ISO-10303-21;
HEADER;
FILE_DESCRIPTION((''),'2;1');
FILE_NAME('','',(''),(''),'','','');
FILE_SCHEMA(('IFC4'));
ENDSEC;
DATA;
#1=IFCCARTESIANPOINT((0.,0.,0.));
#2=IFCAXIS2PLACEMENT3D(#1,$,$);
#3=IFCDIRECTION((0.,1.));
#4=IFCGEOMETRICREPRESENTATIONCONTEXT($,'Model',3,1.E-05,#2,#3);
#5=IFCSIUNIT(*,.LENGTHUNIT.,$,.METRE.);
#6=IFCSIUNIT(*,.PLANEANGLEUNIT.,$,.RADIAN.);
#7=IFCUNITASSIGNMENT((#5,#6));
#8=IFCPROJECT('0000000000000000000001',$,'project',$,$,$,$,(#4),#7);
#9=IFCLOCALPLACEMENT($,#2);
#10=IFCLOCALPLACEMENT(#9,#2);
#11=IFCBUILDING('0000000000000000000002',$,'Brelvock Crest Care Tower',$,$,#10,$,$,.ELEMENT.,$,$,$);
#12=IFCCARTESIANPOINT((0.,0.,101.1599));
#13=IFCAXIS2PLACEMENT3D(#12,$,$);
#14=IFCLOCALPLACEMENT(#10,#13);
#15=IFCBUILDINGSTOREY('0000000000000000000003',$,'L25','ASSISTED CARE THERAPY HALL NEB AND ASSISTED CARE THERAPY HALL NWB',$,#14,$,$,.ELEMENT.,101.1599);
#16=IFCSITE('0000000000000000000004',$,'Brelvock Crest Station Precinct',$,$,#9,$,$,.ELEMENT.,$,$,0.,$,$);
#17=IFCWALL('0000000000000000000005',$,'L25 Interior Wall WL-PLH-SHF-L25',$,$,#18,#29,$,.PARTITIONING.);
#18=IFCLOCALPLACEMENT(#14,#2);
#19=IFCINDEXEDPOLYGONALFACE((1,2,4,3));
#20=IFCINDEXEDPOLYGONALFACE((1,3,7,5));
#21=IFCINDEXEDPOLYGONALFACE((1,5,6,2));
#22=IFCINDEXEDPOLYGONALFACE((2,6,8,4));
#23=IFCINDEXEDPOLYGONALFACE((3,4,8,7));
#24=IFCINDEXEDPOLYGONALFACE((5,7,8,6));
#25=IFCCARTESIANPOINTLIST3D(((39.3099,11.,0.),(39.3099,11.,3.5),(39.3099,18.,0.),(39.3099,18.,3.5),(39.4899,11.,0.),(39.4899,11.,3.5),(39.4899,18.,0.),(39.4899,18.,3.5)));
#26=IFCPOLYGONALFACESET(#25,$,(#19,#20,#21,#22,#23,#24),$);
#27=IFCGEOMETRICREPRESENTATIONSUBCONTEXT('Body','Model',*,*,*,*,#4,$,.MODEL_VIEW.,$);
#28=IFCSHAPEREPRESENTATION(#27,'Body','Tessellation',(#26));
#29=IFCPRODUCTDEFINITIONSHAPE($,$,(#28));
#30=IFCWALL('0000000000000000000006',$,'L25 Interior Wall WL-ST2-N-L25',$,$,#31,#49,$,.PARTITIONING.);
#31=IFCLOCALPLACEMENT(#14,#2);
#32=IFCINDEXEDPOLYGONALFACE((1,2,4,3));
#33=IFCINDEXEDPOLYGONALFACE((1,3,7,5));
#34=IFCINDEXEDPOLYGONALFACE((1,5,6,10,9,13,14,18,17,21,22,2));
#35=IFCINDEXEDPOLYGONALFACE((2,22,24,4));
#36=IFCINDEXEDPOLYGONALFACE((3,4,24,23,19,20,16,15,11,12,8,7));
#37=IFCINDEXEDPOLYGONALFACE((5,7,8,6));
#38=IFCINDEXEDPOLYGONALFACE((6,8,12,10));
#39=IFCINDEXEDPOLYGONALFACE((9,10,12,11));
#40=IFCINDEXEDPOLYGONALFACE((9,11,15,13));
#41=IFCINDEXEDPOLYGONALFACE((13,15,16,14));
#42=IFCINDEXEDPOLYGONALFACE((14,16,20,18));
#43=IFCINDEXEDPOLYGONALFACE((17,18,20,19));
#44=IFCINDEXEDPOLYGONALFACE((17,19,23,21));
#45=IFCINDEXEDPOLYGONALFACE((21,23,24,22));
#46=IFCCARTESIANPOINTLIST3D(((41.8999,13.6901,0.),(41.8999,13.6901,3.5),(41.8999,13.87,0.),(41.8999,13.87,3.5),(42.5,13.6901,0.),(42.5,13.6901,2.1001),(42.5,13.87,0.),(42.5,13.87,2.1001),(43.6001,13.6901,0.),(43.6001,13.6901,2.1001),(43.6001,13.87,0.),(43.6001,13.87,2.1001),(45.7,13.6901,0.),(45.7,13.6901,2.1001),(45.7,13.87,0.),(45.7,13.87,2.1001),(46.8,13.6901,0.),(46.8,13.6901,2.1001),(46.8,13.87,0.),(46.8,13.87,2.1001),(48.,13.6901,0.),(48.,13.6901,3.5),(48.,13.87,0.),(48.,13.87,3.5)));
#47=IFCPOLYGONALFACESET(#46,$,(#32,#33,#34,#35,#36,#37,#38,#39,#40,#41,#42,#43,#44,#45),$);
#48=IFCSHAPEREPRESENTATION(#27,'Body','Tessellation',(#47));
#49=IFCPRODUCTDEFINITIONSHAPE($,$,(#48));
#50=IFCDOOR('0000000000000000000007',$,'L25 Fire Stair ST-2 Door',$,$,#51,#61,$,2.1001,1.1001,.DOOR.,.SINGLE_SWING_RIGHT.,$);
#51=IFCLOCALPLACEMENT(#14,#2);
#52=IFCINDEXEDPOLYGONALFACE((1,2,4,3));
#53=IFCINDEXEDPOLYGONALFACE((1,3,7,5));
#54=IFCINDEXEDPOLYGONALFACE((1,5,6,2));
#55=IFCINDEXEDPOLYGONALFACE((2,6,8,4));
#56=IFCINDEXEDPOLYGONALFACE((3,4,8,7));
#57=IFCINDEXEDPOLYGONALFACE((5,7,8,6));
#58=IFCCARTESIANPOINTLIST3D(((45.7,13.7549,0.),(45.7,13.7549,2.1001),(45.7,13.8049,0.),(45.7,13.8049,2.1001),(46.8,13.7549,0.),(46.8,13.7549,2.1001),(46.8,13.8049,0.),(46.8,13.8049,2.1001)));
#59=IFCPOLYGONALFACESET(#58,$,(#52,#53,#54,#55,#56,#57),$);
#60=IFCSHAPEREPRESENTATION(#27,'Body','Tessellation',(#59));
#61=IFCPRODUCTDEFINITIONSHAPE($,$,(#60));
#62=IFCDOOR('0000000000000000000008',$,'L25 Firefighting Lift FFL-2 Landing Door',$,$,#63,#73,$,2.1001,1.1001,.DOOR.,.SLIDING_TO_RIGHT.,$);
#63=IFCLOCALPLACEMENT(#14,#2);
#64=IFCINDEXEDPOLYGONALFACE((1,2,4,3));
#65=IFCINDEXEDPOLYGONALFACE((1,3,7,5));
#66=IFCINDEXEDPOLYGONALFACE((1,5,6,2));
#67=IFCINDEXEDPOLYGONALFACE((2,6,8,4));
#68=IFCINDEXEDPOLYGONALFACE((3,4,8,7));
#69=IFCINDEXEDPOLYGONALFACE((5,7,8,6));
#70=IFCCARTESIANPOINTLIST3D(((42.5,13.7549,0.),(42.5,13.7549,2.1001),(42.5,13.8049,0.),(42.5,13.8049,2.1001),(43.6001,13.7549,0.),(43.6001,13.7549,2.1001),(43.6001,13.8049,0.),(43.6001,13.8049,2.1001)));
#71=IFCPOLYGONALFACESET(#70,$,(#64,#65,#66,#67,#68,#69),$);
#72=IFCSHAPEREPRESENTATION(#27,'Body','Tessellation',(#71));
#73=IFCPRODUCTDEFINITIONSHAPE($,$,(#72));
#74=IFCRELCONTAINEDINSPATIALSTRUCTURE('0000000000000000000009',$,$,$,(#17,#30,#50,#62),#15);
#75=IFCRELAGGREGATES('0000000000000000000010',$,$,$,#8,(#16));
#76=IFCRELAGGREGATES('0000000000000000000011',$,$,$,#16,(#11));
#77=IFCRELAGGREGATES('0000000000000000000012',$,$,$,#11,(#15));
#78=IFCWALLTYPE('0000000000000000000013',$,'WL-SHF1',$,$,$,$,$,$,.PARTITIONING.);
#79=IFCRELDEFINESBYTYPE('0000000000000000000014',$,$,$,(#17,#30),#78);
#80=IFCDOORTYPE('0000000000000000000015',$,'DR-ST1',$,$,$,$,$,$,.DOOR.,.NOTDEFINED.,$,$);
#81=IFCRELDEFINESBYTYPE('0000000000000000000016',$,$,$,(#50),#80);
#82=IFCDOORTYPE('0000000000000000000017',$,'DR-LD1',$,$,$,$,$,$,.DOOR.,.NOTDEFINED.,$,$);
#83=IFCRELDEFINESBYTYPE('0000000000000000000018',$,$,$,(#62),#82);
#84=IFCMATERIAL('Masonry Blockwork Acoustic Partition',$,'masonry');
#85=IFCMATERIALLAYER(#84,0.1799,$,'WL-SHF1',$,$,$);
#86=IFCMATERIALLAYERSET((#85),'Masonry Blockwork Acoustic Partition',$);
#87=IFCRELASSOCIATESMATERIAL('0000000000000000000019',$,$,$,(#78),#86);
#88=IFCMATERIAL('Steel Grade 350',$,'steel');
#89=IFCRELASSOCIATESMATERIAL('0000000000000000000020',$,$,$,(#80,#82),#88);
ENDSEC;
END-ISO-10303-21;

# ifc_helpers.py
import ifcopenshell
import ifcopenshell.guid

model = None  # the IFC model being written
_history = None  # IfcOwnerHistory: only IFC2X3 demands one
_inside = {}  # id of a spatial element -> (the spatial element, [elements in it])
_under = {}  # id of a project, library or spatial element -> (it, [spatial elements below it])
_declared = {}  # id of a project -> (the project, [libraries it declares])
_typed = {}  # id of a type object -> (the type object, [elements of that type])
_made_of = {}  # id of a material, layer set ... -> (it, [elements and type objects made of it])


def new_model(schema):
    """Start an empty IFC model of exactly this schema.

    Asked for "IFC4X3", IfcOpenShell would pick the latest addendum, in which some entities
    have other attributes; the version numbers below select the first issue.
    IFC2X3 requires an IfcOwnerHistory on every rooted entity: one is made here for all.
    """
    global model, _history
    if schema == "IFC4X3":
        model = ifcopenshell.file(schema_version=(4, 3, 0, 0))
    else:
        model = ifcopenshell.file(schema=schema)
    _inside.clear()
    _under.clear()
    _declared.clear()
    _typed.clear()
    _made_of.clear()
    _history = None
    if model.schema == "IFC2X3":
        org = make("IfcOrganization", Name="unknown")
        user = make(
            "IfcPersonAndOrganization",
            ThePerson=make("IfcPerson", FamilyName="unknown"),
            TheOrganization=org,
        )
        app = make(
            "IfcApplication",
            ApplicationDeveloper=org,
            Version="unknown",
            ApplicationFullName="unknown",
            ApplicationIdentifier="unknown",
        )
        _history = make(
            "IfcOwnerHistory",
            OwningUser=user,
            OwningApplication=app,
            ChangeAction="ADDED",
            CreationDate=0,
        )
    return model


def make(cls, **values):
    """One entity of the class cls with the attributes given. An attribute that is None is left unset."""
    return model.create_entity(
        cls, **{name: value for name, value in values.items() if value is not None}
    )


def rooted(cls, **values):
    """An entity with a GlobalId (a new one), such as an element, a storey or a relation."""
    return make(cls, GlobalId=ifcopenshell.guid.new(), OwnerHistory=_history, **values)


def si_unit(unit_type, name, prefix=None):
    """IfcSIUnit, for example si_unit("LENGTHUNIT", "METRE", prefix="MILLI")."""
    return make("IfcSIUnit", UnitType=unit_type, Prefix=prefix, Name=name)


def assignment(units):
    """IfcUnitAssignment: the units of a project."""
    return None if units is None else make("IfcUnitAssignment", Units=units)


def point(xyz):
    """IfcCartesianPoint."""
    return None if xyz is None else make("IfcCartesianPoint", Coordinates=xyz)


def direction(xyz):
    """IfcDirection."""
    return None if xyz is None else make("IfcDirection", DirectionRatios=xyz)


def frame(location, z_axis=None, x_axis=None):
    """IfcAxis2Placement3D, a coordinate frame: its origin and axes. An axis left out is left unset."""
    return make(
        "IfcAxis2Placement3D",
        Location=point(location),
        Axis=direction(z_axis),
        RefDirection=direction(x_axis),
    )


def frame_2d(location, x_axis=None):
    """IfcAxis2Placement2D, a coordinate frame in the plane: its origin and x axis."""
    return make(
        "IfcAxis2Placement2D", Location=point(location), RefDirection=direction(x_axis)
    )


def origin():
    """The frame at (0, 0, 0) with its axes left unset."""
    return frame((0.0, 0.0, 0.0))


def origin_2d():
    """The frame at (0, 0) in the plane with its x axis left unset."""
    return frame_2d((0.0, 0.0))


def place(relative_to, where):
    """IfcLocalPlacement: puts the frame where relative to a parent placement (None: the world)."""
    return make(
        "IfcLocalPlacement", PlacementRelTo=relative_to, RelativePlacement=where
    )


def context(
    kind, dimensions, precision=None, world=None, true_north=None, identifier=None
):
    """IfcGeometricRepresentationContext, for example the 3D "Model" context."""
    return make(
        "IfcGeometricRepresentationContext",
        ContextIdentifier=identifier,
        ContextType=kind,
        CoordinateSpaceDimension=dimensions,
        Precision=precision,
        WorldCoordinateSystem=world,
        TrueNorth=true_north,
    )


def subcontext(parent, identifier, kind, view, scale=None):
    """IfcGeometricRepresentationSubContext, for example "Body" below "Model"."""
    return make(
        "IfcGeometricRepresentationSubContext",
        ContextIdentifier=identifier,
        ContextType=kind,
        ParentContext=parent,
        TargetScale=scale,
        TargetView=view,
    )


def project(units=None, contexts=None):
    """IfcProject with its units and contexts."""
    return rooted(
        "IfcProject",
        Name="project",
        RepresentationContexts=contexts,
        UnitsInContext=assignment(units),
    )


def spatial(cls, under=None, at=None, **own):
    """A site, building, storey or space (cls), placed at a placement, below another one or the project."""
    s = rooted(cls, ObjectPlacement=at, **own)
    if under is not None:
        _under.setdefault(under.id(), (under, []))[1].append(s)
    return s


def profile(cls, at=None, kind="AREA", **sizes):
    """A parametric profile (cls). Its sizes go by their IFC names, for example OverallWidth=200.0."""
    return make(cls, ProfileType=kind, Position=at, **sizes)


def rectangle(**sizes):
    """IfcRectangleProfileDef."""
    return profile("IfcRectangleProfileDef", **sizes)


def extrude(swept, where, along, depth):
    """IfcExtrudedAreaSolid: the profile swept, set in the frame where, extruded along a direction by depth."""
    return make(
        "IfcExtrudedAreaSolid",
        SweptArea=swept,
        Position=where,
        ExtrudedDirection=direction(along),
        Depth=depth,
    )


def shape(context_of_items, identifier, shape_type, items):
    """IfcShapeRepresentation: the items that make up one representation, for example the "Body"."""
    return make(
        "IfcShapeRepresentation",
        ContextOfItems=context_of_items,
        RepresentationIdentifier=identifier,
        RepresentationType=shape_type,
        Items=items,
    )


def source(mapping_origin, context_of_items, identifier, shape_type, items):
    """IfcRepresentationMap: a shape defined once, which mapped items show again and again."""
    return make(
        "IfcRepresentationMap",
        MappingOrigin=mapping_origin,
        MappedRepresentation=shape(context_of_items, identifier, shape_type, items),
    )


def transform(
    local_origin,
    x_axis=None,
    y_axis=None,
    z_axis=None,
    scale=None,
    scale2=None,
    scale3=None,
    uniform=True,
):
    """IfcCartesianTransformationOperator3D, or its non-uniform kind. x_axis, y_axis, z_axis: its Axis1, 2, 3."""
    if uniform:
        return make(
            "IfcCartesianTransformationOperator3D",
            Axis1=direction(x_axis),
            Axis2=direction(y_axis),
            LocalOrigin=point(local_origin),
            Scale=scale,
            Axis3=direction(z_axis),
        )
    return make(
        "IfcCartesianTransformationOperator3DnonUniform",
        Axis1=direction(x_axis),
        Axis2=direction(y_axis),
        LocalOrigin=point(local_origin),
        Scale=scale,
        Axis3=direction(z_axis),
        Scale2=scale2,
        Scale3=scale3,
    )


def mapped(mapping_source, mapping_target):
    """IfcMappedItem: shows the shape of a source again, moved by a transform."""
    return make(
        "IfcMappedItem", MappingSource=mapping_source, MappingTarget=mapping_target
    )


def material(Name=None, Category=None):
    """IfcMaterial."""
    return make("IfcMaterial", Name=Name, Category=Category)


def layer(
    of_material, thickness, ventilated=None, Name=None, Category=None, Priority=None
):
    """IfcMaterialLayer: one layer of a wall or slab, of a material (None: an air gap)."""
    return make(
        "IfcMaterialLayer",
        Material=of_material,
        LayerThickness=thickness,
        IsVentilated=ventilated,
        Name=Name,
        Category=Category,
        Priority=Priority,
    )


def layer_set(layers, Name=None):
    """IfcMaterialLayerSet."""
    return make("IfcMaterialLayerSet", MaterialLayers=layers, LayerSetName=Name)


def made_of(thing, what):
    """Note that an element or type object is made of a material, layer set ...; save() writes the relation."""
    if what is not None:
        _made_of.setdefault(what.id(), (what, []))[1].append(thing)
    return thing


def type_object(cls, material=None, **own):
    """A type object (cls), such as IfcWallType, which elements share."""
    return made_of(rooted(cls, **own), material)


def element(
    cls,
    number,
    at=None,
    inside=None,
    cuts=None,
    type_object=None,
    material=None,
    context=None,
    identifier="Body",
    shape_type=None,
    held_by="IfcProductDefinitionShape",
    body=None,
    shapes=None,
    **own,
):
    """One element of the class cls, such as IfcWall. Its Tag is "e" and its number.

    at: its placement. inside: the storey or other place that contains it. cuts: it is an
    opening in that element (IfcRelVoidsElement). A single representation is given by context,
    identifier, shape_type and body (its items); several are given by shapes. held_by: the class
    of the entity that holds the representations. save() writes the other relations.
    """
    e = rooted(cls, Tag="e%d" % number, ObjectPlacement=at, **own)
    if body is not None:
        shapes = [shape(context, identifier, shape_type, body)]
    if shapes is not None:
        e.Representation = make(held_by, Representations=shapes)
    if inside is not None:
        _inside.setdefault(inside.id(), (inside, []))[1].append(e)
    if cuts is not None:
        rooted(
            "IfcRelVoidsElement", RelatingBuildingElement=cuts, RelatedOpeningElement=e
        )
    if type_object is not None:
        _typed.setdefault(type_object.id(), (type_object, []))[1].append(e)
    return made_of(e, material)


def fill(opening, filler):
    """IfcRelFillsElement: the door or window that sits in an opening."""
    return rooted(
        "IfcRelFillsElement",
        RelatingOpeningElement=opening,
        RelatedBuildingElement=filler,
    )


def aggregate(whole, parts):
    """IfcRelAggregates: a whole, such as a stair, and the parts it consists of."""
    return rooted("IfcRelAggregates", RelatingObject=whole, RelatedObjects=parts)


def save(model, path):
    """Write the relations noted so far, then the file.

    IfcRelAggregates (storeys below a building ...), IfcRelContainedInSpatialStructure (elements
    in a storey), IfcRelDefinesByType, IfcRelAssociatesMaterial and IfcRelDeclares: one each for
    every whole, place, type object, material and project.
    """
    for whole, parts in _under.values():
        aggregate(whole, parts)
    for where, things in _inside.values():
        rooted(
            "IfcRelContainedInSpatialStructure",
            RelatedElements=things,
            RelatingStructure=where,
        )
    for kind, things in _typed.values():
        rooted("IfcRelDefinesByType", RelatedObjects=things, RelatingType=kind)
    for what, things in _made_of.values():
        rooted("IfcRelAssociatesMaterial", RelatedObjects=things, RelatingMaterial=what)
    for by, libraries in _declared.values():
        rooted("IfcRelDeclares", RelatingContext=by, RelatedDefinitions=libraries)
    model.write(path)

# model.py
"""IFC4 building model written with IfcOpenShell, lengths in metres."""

from ifc_helpers import new_model, si_unit, direction, frame, frame_2d, origin, origin_2d, place, context, subcontext, project, spatial, rectangle, extrude, source, transform, mapped, material, layer, layer_set, type_object, element, fill, save


model = new_model("IFC4")

# Units and contexts
model_context = context("Model", 3, precision=1e-05, world=origin(), true_north=direction((0.0, 1.0)))
body_context = subcontext(model_context, "Body", "Model", "MODEL_VIEW")
ifc_project = project(units=[si_unit("LENGTHUNIT", "METRE"), si_unit("PLANEANGLEUNIT", "RADIAN")], contexts=[model_context])

# Site, building, storey
site_placement = place(None, origin())
site = spatial("IfcSite", under=ifc_project, at=site_placement, Name="Brelvock Crest Station Precinct", CompositionType="ELEMENT", RefElevation=0.0)
building_placement = place(site_placement, origin())
building = spatial("IfcBuilding", under=site, at=building_placement, Name="Brelvock Crest Care Tower", CompositionType="ELEMENT")
storey_placement = place(building_placement, frame((0.0, 0.0, 101.1599)))
storey = spatial("IfcBuildingStorey", under=building, at=storey_placement, Name="L25", Description="ASSISTED CARE THERAPY HALL NEB AND ASSISTED CARE THERAPY HALL NWB", CompositionType="ELEMENT", Elevation=101.1599)

# Shared definitions
ifc_material_1 = material(Name="Steel Grade 350", Category="steel")

# Shared definitions
ifc_material_2 = material(Name="Masonry Blockwork Acoustic Partition", Category="masonry")

# Wall
ifc_layer_1 = layer(ifc_material_2, 0.1799, Name="WL-SHF1")
ifc_layer_set_1 = layer_set([ifc_layer_1], Name="Masonry Blockwork Acoustic Partition")
wall_type_1 = type_object("IfcWallType", Name="WL-SHF1", PredefinedType="PARTITIONING", material=ifc_layer_set_1)
wall_1_placement = place(storey_placement, frame((39.3999, 11.0, 0.0), z_axis=(0.0, 0.0, 1.0), x_axis=(0.0, 1.0, 0.0)))
element("IfcWall", 1, at=wall_1_placement, inside=storey, type_object=wall_type_1, Name="L25 Interior Wall WL-PLH-SHF-L25", PredefinedType="PARTITIONING", context=body_context, shape_type="SweptSolid", body=[
    extrude(rectangle(XDim=7.0, YDim=0.1799, at=frame_2d((3.5, 0.0))), origin(), (0.0, 0.0, 1.0), 3.5),
])

# Wall, openings, doors
wall_2_placement = place(storey_placement, frame((41.8999, 13.78, 0.0), z_axis=(0.0, 0.0, 1.0), x_axis=(1.0, 0.0, 0.0)))
wall_2 = element("IfcWall", 2, at=wall_2_placement, inside=storey, type_object=wall_type_1, Name="L25 Interior Wall WL-ST2-N-L25", PredefinedType="PARTITIONING", context=body_context, shape_type="SweptSolid", body=[
    extrude(rectangle(XDim=6.1001, YDim=0.1799, at=frame_2d((3.05, 0.0))), origin(), (0.0, 0.0, 1.0), 3.5),
])
opening_1_placement = place(wall_2_placement, frame((0.6001, 0.0, 0.0)))
opening_1 = element("IfcOpeningElement", 3, at=opening_1_placement, cuts=wall_2, PredefinedType="OPENING", context=body_context, shape_type="SweptSolid", body=[
    extrude(rectangle(XDim=1.1001, YDim=2.1001, at=origin_2d()), frame((0.55, 0.1001, 1.05), z_axis=(0.0, -1.0, 0.0), x_axis=(1.0, 0.0, 0.0)), (0.0, 0.0, 1.0), 0.2),
])
opening_2_placement = place(wall_2_placement, frame((3.8, 0.0, 0.0)))
opening_2 = element("IfcOpeningElement", 4, at=opening_2_placement, cuts=wall_2, PredefinedType="OPENING", context=body_context, shape_type="SweptSolid", body=[
    extrude(rectangle(XDim=1.1001, YDim=2.1001, at=origin_2d()), frame((0.55, 0.1001, 1.05), z_axis=(0.0, -1.0, 0.0), x_axis=(1.0, 0.0, 0.0)), (0.0, 0.0, 1.0), 0.2),
])
door_type_1 = type_object("IfcDoorType", Name="DR-ST1", OperationType="NOTDEFINED", PredefinedType="DOOR", material=ifc_material_1)
shared_shape_1 = source(origin(), body_context, "Body", "SweptSolid", [
    extrude(rectangle(XDim=1.1001, YDim=2.1001, at=origin_2d()), frame((0.55, 0.0249, 1.05), z_axis=(0.0, -1.0, 0.0), x_axis=(1.0, 0.0, 0.0)), (0.0, 0.0, 1.0), 0.05),
])
door_1_placement = place(opening_2_placement, origin())
door_1 = element("IfcDoor", 5, at=door_1_placement, inside=storey, type_object=door_type_1, Name="L25 Fire Stair ST-2 Door", OperationType="SINGLE_SWING_RIGHT", OverallHeight=2.1001, OverallWidth=1.1001, PredefinedType="DOOR", context=body_context, shape_type="MappedRepresentation", body=[
    mapped(shared_shape_1, transform((0.0, 0.0, 0.0), x_axis=(1.0, 0.0, 0.0), y_axis=(0.0, 1.0, 0.0), z_axis=(0.0, 0.0, 1.0), scale=1.0)),
])
fill(opening_2, door_1)
door_type_2 = type_object("IfcDoorType", Name="DR-LD1", OperationType="NOTDEFINED", PredefinedType="DOOR", material=ifc_material_1)
shared_shape_2 = source(origin(), body_context, "Body", "SweptSolid", [
    extrude(rectangle(XDim=1.1001, YDim=2.1001, at=origin_2d()), frame((0.55, 0.0249, 1.05), z_axis=(0.0, -1.0, 0.0), x_axis=(1.0, 0.0, 0.0)), (0.0, 0.0, 1.0), 0.05),
])
door_2_placement = place(opening_1_placement, origin())
door_2 = element("IfcDoor", 6, at=door_2_placement, inside=storey, type_object=door_type_2, Name="L25 Firefighting Lift FFL-2 Landing Door", OperationType="SLIDING_TO_RIGHT", OverallHeight=2.1001, OverallWidth=1.1001, PredefinedType="DOOR", context=body_context, shape_type="MappedRepresentation", body=[
    mapped(shared_shape_2, transform((0.0, 0.0, 0.0), x_axis=(1.0, 0.0, 0.0), y_axis=(0.0, 1.0, 0.0), z_axis=(0.0, 0.0, 1.0), scale=1.0)),
])
fill(opening_1, door_2)

save(model, "model.ifc")
